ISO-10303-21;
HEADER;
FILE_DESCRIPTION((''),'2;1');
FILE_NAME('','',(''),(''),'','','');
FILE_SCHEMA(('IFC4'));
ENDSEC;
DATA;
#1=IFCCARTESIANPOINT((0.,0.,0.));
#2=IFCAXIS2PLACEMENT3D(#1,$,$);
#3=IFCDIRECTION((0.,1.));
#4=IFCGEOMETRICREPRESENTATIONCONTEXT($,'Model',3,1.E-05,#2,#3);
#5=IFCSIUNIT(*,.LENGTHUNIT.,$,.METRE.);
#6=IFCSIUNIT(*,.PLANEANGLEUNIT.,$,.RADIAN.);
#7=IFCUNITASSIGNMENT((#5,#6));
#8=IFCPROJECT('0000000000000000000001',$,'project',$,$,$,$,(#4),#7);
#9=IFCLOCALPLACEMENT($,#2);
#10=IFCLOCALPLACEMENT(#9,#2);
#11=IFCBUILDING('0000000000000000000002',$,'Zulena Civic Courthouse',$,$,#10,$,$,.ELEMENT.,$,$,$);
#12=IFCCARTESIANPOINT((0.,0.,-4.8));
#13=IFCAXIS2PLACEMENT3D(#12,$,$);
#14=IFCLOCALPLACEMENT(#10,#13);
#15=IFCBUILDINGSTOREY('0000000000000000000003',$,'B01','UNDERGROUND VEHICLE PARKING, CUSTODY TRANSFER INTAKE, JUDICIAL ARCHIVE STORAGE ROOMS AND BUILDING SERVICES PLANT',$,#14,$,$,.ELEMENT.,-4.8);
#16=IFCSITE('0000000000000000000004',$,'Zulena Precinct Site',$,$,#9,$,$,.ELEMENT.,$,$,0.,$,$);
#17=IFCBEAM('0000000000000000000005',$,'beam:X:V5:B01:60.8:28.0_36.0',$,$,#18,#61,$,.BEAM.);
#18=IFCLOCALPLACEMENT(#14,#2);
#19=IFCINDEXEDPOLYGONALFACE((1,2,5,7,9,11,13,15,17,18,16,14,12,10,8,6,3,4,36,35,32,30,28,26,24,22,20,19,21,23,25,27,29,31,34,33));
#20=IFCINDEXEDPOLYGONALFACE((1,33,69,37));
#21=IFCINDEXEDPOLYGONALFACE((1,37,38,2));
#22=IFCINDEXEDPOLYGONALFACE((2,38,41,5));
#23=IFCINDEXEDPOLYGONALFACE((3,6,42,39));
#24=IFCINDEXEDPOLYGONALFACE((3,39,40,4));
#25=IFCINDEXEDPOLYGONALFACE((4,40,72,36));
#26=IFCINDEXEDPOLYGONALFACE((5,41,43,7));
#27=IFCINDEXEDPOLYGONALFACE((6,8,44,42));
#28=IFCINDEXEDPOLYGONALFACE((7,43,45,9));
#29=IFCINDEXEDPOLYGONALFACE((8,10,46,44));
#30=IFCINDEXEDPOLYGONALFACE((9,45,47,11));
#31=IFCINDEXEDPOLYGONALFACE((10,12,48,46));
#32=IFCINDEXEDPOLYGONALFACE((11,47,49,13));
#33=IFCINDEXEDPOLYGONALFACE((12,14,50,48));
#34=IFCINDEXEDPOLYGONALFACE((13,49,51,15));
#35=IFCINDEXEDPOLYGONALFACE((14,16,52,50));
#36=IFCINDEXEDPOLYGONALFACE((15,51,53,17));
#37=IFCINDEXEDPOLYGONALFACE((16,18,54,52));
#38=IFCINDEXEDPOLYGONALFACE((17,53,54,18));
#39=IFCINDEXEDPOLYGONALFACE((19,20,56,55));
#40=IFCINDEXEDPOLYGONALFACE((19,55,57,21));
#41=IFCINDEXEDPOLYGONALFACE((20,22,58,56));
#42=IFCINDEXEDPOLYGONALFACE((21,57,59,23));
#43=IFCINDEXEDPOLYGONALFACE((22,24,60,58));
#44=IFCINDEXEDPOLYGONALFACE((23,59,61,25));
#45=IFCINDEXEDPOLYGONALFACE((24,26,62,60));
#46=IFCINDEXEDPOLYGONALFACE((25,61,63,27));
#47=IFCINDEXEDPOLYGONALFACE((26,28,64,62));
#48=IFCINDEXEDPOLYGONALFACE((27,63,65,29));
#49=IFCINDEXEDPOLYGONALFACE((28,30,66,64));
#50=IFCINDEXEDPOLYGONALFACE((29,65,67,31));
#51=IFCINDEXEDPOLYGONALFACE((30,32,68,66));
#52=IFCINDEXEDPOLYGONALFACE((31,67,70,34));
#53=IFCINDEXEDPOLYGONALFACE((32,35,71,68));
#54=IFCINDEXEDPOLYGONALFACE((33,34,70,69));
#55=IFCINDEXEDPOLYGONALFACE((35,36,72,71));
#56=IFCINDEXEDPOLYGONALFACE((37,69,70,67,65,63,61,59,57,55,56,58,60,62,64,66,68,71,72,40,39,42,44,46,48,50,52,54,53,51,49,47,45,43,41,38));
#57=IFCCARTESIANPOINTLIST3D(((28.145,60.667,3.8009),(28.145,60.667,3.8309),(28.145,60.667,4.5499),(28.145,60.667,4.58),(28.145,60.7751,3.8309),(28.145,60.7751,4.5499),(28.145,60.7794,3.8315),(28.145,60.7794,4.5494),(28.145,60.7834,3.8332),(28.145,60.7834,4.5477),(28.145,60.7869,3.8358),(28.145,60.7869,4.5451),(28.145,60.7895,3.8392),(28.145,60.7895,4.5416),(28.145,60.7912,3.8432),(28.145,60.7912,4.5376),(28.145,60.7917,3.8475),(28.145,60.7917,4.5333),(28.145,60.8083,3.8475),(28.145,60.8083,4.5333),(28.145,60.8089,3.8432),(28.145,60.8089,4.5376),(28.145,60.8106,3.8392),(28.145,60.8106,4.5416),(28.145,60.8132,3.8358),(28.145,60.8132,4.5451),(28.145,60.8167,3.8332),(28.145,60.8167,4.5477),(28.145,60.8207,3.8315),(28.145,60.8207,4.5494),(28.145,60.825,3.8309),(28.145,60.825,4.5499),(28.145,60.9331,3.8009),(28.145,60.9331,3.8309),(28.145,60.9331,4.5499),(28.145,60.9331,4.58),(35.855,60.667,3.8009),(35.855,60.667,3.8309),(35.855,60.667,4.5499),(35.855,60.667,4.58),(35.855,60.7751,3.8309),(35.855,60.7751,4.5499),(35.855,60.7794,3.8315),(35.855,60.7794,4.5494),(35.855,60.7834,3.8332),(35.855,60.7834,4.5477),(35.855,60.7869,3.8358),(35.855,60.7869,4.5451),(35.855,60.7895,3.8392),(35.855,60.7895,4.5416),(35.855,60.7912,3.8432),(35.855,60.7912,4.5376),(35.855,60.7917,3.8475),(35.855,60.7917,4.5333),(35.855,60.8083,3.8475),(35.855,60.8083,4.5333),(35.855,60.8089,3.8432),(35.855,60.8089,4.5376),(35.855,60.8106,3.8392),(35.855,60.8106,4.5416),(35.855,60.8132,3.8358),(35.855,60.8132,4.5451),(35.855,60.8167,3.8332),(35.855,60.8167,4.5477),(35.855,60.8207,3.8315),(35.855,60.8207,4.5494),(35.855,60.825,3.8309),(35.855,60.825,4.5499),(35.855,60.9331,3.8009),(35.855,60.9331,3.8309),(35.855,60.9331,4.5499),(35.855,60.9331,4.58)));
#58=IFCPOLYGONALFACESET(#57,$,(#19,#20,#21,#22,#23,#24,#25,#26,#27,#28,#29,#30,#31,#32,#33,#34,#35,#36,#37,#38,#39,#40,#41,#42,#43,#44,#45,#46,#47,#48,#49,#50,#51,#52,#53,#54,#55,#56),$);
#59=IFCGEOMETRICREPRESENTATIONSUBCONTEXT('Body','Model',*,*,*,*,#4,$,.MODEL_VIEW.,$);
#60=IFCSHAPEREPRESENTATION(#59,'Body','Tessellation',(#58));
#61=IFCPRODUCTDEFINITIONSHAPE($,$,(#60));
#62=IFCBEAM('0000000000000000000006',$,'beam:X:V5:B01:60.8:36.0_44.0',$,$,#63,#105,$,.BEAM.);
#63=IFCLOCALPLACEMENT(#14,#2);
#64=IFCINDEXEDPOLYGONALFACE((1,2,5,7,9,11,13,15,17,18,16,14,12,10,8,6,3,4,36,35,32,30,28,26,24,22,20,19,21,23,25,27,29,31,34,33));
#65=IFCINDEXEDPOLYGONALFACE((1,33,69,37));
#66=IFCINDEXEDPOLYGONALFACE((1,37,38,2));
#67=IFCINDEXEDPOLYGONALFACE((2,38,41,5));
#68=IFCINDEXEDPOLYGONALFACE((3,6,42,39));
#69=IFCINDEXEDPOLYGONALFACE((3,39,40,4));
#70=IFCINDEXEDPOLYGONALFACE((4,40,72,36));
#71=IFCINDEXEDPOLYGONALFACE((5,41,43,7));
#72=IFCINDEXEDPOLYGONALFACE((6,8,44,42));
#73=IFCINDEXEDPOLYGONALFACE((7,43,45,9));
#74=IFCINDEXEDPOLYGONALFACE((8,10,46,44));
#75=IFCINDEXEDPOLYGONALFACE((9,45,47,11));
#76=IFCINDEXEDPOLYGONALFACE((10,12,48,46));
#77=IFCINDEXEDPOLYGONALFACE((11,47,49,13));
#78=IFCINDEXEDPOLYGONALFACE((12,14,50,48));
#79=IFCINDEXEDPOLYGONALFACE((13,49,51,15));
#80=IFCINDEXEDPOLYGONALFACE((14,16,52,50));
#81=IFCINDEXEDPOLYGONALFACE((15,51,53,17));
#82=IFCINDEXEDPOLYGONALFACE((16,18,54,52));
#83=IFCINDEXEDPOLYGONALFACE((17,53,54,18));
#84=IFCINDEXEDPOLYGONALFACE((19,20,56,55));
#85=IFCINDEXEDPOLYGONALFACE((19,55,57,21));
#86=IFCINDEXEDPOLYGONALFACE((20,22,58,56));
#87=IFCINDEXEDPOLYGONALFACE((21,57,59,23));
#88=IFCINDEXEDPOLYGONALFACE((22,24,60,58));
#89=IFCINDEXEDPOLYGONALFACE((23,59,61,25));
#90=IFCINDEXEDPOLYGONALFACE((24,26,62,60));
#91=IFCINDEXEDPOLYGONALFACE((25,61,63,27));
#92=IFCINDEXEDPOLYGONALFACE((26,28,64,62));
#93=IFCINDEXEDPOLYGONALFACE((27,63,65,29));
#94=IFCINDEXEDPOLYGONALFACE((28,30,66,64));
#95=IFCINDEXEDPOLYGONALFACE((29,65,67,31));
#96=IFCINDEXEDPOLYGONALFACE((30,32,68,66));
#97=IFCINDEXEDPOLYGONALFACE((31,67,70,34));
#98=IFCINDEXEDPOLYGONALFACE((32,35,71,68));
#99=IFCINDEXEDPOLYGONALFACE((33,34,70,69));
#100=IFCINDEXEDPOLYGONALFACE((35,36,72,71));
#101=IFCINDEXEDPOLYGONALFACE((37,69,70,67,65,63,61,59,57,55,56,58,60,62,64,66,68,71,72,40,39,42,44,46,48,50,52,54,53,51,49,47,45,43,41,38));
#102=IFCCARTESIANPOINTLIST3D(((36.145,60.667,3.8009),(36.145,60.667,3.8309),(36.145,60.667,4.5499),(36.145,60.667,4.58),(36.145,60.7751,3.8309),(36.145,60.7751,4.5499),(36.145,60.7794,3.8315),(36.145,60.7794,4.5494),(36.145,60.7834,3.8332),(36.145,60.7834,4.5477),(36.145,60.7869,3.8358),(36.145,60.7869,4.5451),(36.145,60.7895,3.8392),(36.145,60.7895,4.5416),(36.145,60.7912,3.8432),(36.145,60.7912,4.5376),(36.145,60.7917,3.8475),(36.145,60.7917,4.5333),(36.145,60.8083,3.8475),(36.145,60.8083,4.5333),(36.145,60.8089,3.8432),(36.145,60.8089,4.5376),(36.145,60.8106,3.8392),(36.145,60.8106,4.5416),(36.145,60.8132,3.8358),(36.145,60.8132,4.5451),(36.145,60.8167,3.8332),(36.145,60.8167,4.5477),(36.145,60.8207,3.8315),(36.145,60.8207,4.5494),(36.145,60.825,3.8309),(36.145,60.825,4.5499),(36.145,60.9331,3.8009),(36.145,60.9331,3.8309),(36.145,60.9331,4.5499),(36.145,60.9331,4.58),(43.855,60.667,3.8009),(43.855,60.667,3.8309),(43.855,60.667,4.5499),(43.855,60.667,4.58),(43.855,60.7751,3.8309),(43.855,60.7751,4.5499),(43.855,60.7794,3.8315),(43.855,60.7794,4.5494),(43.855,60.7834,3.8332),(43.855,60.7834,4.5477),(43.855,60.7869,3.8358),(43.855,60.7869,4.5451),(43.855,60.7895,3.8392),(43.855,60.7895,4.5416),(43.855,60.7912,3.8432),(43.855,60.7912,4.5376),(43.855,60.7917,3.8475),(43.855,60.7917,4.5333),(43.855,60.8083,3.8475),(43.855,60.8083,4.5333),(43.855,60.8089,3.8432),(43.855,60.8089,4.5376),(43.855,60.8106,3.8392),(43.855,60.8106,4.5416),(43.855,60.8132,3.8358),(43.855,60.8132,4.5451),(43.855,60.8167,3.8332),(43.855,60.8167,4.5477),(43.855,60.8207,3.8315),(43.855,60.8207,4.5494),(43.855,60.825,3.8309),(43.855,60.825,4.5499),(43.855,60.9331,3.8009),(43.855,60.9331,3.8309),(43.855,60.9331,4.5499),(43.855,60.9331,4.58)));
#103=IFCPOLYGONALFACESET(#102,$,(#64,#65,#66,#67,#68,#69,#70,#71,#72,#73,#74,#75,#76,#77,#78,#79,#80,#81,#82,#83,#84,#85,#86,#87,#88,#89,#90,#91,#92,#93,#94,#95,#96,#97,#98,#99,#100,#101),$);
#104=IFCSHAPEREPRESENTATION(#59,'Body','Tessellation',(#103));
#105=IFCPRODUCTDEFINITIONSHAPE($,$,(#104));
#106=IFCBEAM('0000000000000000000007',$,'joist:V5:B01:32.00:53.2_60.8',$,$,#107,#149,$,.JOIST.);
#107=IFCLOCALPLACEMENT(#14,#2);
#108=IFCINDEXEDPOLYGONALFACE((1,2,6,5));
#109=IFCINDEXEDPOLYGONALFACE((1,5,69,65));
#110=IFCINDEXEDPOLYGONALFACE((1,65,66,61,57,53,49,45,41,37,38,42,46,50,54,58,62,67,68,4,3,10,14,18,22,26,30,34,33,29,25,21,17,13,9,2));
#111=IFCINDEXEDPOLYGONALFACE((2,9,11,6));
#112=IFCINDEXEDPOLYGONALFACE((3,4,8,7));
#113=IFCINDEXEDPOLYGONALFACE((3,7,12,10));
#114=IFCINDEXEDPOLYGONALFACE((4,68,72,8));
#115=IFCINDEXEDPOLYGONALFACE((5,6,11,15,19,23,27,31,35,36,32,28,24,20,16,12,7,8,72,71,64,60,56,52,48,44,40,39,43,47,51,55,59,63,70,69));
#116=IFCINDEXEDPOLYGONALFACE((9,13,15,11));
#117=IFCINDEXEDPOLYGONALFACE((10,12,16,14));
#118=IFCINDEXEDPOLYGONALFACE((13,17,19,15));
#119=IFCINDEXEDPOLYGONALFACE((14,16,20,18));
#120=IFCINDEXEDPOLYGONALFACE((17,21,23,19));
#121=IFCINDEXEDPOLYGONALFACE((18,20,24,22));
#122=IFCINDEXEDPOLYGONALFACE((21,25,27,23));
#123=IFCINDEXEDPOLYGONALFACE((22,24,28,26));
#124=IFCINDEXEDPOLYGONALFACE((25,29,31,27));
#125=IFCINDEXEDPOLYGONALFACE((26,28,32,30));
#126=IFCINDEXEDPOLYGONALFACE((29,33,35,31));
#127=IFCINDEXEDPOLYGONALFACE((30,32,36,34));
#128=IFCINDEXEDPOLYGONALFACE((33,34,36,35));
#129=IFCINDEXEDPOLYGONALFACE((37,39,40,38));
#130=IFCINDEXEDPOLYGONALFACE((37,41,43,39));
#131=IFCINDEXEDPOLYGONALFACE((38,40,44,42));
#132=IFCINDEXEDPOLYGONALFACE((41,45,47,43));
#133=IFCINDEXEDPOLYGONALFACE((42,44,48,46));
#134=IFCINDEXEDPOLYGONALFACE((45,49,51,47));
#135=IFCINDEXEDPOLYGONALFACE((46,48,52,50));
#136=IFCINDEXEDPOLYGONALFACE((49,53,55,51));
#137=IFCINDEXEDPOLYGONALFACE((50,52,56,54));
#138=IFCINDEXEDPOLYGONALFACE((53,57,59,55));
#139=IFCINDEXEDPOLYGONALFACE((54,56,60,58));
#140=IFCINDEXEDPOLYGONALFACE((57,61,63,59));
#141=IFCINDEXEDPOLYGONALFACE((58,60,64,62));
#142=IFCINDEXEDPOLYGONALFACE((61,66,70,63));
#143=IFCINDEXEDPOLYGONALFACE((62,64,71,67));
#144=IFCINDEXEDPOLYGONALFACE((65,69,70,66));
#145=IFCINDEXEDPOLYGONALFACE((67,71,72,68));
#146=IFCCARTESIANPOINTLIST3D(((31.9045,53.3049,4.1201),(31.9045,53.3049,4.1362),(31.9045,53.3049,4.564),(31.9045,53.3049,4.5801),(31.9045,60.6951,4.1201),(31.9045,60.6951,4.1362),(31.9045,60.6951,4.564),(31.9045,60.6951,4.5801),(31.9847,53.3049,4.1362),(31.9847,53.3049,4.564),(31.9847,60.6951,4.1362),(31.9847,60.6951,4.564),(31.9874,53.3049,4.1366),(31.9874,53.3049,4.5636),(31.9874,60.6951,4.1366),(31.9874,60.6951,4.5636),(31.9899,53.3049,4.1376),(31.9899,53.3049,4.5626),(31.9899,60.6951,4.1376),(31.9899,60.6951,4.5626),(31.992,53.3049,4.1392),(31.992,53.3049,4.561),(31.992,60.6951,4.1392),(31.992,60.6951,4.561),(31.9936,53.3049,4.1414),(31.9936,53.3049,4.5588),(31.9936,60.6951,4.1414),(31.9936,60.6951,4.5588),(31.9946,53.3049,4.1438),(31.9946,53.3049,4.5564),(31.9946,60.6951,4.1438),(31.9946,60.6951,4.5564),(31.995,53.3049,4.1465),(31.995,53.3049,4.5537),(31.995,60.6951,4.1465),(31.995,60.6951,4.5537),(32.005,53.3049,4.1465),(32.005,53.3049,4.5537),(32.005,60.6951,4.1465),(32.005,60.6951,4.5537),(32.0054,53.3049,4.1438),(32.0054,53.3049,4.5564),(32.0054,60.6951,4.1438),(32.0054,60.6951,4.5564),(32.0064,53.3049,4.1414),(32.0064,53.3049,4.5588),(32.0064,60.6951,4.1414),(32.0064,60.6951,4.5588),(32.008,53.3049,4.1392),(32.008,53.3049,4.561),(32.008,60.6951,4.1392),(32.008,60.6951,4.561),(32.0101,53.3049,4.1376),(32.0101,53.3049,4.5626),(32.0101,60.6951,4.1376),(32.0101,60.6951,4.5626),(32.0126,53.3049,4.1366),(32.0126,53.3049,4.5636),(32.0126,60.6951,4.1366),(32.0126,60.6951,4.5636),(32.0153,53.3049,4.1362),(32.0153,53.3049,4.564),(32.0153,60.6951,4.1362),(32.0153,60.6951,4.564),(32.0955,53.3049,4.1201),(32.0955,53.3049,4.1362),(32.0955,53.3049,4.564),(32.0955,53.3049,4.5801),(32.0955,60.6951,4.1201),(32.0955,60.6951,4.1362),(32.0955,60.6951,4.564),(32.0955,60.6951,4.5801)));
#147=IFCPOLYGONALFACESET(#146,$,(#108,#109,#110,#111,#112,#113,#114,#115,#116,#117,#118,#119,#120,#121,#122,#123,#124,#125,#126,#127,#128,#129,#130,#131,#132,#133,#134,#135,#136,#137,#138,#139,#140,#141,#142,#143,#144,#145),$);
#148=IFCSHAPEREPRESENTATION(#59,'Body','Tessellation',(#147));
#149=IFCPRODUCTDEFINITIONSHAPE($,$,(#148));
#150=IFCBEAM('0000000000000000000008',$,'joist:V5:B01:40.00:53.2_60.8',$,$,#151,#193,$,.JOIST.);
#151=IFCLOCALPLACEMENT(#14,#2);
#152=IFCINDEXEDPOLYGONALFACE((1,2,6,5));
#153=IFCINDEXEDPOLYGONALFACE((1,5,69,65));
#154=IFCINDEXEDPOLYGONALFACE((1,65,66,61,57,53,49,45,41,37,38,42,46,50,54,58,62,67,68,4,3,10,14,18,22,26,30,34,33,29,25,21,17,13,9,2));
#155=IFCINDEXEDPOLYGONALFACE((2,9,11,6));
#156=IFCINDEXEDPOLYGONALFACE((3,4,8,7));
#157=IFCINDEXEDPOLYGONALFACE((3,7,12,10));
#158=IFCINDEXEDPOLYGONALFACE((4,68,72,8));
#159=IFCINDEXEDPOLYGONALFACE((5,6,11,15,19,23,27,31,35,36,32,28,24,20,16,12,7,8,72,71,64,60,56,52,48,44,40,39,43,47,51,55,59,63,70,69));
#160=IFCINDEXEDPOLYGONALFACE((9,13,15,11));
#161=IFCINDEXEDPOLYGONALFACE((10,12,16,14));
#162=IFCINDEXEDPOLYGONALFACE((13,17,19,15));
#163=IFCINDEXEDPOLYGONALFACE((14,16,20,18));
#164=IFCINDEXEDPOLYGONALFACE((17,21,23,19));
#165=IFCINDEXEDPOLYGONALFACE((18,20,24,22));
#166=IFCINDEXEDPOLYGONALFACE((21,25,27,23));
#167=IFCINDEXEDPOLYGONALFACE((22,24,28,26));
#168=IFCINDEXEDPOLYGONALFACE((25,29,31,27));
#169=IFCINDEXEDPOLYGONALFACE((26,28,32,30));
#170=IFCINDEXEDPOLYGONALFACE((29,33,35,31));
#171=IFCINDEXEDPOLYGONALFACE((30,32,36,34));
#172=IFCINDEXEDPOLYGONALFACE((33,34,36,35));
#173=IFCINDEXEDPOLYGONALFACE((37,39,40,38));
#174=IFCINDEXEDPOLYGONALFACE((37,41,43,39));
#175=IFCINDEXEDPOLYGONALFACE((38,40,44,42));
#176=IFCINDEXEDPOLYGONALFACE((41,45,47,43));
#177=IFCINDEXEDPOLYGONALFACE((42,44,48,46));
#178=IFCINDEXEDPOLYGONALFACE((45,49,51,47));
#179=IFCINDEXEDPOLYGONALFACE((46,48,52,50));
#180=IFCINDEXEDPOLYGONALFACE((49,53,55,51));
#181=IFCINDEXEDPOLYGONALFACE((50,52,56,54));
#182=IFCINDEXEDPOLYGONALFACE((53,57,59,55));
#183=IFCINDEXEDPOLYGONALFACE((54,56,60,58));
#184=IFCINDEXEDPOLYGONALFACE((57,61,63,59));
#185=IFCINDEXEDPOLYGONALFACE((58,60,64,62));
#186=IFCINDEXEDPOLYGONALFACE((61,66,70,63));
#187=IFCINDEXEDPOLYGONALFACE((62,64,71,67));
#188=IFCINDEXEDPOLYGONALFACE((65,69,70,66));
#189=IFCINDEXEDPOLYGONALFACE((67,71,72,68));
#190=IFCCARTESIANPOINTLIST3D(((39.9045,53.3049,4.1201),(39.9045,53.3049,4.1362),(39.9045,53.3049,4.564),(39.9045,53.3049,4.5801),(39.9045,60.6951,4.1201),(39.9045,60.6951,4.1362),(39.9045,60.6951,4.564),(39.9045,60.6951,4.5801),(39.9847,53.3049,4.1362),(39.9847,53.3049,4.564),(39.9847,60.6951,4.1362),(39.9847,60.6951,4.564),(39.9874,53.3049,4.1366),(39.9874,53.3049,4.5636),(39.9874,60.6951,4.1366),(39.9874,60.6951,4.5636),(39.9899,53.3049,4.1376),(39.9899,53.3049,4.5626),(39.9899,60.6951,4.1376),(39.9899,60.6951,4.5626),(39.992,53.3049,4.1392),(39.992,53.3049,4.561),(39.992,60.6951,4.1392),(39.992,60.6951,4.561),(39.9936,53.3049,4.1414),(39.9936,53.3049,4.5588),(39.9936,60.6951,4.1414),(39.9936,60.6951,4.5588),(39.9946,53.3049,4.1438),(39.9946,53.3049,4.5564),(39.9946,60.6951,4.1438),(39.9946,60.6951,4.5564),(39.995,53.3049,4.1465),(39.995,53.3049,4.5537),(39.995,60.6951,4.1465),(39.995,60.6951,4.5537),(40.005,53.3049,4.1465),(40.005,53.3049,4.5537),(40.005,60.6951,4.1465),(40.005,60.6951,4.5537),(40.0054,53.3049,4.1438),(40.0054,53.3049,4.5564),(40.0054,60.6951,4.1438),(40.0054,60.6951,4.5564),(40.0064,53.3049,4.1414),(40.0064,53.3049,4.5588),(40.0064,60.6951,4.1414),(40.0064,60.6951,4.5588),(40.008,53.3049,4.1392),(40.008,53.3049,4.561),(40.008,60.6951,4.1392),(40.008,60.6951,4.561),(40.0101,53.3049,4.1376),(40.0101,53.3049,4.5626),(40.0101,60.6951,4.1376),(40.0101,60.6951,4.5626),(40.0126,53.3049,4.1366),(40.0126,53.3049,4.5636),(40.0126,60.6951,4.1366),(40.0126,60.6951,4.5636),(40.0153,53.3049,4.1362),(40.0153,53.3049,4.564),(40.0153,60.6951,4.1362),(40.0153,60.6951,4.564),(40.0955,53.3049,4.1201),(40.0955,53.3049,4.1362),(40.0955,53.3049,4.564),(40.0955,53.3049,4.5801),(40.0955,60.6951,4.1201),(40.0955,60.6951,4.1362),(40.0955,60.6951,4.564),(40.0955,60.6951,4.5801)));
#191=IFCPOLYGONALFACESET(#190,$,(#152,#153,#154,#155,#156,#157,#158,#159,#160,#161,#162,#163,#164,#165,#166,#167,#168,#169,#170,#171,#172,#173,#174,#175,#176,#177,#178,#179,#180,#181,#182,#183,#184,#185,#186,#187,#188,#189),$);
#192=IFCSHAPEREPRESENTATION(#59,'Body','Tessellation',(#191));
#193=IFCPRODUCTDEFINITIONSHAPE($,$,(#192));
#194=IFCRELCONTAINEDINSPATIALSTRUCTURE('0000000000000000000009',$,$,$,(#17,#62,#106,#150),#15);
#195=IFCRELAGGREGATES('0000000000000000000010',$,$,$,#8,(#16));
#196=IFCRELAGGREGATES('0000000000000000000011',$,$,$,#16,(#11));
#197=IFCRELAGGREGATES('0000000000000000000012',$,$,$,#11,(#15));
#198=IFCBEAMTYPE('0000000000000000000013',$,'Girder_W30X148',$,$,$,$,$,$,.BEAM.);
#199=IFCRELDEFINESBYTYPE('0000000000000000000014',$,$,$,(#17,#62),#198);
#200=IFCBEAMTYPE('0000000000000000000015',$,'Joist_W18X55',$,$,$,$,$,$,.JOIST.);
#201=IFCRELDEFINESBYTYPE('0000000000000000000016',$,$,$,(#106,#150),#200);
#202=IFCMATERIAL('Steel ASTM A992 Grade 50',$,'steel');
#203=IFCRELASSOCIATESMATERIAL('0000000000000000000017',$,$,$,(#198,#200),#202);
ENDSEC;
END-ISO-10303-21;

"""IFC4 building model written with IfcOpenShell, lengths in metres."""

from ifc_helpers import new_model, si_unit, direction, frame, origin, origin_2d, place, context, subcontext, project, spatial, i_section, extrude, material, material_profile, profile_set, type_object, element, save


model = new_model("IFC4")

# Units and contexts
model_context = context("Model", 3, precision=1e-05, world=origin(), true_north=direction((0.0, 1.0)))
body_context = subcontext(model_context, "Body", "Model", "MODEL_VIEW")
ifc_project = project(units=[si_unit("LENGTHUNIT", "METRE"), si_unit("PLANEANGLEUNIT", "RADIAN")], contexts=[model_context])

# Site, building, storey
site_placement = place(None, origin())
site = spatial("IfcSite", under=ifc_project, at=site_placement, Name="Zulena Precinct Site", CompositionType="ELEMENT", RefElevation=0.0)
building_placement = place(site_placement, origin())
building = spatial("IfcBuilding", under=site, at=building_placement, Name="Zulena Civic Courthouse", CompositionType="ELEMENT")
storey_placement = place(building_placement, frame((0.0, 0.0, -4.8)))
storey = spatial("IfcBuildingStorey", under=building, at=storey_placement, Name="B01", Description="UNDERGROUND VEHICLE PARKING, CUSTODY TRANSFER INTAKE, JUDICIAL ARCHIVE STORAGE ROOMS AND BUILDING SERVICES PLANT", CompositionType="ELEMENT", Elevation=-4.8)

# Shared definitions
ifc_material_1 = material(Name="Steel ASTM A992 Grade 50", Category="steel")

# Beams
ifc_material_profile_1 = material_profile(ifc_material_1, i_section(OverallWidth=0.2661, OverallDepth=0.7791, WebThickness=0.0166, FlangeThickness=0.03, FilletRadius=0.0166, at=origin_2d()), Name="W30X148")
ifc_profile_set_1 = profile_set([ifc_material_profile_1], Name="Steel ASTM A992 Grade 50")
beam_type_1 = type_object("IfcBeamType", Name="Girder_W30X148", PredefinedType="BEAM", material=ifc_profile_set_1)
for number, where, z_axis, x_axis, name in (
    (1, (28.145, 60.8, 4.1904), (1.0, 0.0, 0.0), (0.0, 1.0, 0.0), "beam:X:V5:B01:60.8:28.0_36.0"),
    (2, (36.145, 60.8, 4.1904), (1.0, 0.0, 0.0), (0.0, 1.0, 0.0), "beam:X:V5:B01:60.8:36.0_44.0"),
):
    element("IfcBeam", number, at=place(storey_placement, frame(where, z_axis=z_axis, x_axis=x_axis)), inside=storey, type_object=beam_type_1, Name=name, PredefinedType="BEAM", context=body_context, shape_type="SweptSolid", body=[
        extrude(i_section(OverallWidth=0.2661, OverallDepth=0.7791, WebThickness=0.0166, FlangeThickness=0.03, FilletRadius=0.0166, at=origin_2d()), origin(), (0.0, 0.0, 1.0), 7.71),
    ])
ifc_material_profile_2 = material_profile(ifc_material_1, i_section(OverallWidth=0.1909, OverallDepth=0.46, WebThickness=0.01, FlangeThickness=0.0161, FilletRadius=0.0103, at=origin_2d()), Name="W18X55")
ifc_profile_set_2 = profile_set([ifc_material_profile_2], Name="Steel ASTM A992 Grade 50")
beam_type_2 = type_object("IfcBeamType", Name="Joist_W18X55", PredefinedType="JOIST", material=ifc_profile_set_2)
for number, where, z_axis, x_axis, name in (
    (3, (32.0, 53.3049, 4.3501), (0.0, 1.0, 0.0), (-1.0, 0.0, 0.0), "joist:V5:B01:32.00:53.2_60.8"),
    (4, (40.0, 53.3049, 4.3501), (0.0, 1.0, 0.0), (-1.0, 0.0, 0.0), "joist:V5:B01:40.00:53.2_60.8"),
):
    element("IfcBeam", number, at=place(storey_placement, frame(where, z_axis=z_axis, x_axis=x_axis)), inside=storey, type_object=beam_type_2, Name=name, PredefinedType="JOIST", context=body_context, shape_type="SweptSolid", body=[
        extrude(i_section(OverallWidth=0.1909, OverallDepth=0.46, WebThickness=0.01, FlangeThickness=0.0161, FilletRadius=0.0103, at=origin_2d()), origin(), (0.0, 0.0, 1.0), 7.3901),
    ])

save(model, "model.ifc")
